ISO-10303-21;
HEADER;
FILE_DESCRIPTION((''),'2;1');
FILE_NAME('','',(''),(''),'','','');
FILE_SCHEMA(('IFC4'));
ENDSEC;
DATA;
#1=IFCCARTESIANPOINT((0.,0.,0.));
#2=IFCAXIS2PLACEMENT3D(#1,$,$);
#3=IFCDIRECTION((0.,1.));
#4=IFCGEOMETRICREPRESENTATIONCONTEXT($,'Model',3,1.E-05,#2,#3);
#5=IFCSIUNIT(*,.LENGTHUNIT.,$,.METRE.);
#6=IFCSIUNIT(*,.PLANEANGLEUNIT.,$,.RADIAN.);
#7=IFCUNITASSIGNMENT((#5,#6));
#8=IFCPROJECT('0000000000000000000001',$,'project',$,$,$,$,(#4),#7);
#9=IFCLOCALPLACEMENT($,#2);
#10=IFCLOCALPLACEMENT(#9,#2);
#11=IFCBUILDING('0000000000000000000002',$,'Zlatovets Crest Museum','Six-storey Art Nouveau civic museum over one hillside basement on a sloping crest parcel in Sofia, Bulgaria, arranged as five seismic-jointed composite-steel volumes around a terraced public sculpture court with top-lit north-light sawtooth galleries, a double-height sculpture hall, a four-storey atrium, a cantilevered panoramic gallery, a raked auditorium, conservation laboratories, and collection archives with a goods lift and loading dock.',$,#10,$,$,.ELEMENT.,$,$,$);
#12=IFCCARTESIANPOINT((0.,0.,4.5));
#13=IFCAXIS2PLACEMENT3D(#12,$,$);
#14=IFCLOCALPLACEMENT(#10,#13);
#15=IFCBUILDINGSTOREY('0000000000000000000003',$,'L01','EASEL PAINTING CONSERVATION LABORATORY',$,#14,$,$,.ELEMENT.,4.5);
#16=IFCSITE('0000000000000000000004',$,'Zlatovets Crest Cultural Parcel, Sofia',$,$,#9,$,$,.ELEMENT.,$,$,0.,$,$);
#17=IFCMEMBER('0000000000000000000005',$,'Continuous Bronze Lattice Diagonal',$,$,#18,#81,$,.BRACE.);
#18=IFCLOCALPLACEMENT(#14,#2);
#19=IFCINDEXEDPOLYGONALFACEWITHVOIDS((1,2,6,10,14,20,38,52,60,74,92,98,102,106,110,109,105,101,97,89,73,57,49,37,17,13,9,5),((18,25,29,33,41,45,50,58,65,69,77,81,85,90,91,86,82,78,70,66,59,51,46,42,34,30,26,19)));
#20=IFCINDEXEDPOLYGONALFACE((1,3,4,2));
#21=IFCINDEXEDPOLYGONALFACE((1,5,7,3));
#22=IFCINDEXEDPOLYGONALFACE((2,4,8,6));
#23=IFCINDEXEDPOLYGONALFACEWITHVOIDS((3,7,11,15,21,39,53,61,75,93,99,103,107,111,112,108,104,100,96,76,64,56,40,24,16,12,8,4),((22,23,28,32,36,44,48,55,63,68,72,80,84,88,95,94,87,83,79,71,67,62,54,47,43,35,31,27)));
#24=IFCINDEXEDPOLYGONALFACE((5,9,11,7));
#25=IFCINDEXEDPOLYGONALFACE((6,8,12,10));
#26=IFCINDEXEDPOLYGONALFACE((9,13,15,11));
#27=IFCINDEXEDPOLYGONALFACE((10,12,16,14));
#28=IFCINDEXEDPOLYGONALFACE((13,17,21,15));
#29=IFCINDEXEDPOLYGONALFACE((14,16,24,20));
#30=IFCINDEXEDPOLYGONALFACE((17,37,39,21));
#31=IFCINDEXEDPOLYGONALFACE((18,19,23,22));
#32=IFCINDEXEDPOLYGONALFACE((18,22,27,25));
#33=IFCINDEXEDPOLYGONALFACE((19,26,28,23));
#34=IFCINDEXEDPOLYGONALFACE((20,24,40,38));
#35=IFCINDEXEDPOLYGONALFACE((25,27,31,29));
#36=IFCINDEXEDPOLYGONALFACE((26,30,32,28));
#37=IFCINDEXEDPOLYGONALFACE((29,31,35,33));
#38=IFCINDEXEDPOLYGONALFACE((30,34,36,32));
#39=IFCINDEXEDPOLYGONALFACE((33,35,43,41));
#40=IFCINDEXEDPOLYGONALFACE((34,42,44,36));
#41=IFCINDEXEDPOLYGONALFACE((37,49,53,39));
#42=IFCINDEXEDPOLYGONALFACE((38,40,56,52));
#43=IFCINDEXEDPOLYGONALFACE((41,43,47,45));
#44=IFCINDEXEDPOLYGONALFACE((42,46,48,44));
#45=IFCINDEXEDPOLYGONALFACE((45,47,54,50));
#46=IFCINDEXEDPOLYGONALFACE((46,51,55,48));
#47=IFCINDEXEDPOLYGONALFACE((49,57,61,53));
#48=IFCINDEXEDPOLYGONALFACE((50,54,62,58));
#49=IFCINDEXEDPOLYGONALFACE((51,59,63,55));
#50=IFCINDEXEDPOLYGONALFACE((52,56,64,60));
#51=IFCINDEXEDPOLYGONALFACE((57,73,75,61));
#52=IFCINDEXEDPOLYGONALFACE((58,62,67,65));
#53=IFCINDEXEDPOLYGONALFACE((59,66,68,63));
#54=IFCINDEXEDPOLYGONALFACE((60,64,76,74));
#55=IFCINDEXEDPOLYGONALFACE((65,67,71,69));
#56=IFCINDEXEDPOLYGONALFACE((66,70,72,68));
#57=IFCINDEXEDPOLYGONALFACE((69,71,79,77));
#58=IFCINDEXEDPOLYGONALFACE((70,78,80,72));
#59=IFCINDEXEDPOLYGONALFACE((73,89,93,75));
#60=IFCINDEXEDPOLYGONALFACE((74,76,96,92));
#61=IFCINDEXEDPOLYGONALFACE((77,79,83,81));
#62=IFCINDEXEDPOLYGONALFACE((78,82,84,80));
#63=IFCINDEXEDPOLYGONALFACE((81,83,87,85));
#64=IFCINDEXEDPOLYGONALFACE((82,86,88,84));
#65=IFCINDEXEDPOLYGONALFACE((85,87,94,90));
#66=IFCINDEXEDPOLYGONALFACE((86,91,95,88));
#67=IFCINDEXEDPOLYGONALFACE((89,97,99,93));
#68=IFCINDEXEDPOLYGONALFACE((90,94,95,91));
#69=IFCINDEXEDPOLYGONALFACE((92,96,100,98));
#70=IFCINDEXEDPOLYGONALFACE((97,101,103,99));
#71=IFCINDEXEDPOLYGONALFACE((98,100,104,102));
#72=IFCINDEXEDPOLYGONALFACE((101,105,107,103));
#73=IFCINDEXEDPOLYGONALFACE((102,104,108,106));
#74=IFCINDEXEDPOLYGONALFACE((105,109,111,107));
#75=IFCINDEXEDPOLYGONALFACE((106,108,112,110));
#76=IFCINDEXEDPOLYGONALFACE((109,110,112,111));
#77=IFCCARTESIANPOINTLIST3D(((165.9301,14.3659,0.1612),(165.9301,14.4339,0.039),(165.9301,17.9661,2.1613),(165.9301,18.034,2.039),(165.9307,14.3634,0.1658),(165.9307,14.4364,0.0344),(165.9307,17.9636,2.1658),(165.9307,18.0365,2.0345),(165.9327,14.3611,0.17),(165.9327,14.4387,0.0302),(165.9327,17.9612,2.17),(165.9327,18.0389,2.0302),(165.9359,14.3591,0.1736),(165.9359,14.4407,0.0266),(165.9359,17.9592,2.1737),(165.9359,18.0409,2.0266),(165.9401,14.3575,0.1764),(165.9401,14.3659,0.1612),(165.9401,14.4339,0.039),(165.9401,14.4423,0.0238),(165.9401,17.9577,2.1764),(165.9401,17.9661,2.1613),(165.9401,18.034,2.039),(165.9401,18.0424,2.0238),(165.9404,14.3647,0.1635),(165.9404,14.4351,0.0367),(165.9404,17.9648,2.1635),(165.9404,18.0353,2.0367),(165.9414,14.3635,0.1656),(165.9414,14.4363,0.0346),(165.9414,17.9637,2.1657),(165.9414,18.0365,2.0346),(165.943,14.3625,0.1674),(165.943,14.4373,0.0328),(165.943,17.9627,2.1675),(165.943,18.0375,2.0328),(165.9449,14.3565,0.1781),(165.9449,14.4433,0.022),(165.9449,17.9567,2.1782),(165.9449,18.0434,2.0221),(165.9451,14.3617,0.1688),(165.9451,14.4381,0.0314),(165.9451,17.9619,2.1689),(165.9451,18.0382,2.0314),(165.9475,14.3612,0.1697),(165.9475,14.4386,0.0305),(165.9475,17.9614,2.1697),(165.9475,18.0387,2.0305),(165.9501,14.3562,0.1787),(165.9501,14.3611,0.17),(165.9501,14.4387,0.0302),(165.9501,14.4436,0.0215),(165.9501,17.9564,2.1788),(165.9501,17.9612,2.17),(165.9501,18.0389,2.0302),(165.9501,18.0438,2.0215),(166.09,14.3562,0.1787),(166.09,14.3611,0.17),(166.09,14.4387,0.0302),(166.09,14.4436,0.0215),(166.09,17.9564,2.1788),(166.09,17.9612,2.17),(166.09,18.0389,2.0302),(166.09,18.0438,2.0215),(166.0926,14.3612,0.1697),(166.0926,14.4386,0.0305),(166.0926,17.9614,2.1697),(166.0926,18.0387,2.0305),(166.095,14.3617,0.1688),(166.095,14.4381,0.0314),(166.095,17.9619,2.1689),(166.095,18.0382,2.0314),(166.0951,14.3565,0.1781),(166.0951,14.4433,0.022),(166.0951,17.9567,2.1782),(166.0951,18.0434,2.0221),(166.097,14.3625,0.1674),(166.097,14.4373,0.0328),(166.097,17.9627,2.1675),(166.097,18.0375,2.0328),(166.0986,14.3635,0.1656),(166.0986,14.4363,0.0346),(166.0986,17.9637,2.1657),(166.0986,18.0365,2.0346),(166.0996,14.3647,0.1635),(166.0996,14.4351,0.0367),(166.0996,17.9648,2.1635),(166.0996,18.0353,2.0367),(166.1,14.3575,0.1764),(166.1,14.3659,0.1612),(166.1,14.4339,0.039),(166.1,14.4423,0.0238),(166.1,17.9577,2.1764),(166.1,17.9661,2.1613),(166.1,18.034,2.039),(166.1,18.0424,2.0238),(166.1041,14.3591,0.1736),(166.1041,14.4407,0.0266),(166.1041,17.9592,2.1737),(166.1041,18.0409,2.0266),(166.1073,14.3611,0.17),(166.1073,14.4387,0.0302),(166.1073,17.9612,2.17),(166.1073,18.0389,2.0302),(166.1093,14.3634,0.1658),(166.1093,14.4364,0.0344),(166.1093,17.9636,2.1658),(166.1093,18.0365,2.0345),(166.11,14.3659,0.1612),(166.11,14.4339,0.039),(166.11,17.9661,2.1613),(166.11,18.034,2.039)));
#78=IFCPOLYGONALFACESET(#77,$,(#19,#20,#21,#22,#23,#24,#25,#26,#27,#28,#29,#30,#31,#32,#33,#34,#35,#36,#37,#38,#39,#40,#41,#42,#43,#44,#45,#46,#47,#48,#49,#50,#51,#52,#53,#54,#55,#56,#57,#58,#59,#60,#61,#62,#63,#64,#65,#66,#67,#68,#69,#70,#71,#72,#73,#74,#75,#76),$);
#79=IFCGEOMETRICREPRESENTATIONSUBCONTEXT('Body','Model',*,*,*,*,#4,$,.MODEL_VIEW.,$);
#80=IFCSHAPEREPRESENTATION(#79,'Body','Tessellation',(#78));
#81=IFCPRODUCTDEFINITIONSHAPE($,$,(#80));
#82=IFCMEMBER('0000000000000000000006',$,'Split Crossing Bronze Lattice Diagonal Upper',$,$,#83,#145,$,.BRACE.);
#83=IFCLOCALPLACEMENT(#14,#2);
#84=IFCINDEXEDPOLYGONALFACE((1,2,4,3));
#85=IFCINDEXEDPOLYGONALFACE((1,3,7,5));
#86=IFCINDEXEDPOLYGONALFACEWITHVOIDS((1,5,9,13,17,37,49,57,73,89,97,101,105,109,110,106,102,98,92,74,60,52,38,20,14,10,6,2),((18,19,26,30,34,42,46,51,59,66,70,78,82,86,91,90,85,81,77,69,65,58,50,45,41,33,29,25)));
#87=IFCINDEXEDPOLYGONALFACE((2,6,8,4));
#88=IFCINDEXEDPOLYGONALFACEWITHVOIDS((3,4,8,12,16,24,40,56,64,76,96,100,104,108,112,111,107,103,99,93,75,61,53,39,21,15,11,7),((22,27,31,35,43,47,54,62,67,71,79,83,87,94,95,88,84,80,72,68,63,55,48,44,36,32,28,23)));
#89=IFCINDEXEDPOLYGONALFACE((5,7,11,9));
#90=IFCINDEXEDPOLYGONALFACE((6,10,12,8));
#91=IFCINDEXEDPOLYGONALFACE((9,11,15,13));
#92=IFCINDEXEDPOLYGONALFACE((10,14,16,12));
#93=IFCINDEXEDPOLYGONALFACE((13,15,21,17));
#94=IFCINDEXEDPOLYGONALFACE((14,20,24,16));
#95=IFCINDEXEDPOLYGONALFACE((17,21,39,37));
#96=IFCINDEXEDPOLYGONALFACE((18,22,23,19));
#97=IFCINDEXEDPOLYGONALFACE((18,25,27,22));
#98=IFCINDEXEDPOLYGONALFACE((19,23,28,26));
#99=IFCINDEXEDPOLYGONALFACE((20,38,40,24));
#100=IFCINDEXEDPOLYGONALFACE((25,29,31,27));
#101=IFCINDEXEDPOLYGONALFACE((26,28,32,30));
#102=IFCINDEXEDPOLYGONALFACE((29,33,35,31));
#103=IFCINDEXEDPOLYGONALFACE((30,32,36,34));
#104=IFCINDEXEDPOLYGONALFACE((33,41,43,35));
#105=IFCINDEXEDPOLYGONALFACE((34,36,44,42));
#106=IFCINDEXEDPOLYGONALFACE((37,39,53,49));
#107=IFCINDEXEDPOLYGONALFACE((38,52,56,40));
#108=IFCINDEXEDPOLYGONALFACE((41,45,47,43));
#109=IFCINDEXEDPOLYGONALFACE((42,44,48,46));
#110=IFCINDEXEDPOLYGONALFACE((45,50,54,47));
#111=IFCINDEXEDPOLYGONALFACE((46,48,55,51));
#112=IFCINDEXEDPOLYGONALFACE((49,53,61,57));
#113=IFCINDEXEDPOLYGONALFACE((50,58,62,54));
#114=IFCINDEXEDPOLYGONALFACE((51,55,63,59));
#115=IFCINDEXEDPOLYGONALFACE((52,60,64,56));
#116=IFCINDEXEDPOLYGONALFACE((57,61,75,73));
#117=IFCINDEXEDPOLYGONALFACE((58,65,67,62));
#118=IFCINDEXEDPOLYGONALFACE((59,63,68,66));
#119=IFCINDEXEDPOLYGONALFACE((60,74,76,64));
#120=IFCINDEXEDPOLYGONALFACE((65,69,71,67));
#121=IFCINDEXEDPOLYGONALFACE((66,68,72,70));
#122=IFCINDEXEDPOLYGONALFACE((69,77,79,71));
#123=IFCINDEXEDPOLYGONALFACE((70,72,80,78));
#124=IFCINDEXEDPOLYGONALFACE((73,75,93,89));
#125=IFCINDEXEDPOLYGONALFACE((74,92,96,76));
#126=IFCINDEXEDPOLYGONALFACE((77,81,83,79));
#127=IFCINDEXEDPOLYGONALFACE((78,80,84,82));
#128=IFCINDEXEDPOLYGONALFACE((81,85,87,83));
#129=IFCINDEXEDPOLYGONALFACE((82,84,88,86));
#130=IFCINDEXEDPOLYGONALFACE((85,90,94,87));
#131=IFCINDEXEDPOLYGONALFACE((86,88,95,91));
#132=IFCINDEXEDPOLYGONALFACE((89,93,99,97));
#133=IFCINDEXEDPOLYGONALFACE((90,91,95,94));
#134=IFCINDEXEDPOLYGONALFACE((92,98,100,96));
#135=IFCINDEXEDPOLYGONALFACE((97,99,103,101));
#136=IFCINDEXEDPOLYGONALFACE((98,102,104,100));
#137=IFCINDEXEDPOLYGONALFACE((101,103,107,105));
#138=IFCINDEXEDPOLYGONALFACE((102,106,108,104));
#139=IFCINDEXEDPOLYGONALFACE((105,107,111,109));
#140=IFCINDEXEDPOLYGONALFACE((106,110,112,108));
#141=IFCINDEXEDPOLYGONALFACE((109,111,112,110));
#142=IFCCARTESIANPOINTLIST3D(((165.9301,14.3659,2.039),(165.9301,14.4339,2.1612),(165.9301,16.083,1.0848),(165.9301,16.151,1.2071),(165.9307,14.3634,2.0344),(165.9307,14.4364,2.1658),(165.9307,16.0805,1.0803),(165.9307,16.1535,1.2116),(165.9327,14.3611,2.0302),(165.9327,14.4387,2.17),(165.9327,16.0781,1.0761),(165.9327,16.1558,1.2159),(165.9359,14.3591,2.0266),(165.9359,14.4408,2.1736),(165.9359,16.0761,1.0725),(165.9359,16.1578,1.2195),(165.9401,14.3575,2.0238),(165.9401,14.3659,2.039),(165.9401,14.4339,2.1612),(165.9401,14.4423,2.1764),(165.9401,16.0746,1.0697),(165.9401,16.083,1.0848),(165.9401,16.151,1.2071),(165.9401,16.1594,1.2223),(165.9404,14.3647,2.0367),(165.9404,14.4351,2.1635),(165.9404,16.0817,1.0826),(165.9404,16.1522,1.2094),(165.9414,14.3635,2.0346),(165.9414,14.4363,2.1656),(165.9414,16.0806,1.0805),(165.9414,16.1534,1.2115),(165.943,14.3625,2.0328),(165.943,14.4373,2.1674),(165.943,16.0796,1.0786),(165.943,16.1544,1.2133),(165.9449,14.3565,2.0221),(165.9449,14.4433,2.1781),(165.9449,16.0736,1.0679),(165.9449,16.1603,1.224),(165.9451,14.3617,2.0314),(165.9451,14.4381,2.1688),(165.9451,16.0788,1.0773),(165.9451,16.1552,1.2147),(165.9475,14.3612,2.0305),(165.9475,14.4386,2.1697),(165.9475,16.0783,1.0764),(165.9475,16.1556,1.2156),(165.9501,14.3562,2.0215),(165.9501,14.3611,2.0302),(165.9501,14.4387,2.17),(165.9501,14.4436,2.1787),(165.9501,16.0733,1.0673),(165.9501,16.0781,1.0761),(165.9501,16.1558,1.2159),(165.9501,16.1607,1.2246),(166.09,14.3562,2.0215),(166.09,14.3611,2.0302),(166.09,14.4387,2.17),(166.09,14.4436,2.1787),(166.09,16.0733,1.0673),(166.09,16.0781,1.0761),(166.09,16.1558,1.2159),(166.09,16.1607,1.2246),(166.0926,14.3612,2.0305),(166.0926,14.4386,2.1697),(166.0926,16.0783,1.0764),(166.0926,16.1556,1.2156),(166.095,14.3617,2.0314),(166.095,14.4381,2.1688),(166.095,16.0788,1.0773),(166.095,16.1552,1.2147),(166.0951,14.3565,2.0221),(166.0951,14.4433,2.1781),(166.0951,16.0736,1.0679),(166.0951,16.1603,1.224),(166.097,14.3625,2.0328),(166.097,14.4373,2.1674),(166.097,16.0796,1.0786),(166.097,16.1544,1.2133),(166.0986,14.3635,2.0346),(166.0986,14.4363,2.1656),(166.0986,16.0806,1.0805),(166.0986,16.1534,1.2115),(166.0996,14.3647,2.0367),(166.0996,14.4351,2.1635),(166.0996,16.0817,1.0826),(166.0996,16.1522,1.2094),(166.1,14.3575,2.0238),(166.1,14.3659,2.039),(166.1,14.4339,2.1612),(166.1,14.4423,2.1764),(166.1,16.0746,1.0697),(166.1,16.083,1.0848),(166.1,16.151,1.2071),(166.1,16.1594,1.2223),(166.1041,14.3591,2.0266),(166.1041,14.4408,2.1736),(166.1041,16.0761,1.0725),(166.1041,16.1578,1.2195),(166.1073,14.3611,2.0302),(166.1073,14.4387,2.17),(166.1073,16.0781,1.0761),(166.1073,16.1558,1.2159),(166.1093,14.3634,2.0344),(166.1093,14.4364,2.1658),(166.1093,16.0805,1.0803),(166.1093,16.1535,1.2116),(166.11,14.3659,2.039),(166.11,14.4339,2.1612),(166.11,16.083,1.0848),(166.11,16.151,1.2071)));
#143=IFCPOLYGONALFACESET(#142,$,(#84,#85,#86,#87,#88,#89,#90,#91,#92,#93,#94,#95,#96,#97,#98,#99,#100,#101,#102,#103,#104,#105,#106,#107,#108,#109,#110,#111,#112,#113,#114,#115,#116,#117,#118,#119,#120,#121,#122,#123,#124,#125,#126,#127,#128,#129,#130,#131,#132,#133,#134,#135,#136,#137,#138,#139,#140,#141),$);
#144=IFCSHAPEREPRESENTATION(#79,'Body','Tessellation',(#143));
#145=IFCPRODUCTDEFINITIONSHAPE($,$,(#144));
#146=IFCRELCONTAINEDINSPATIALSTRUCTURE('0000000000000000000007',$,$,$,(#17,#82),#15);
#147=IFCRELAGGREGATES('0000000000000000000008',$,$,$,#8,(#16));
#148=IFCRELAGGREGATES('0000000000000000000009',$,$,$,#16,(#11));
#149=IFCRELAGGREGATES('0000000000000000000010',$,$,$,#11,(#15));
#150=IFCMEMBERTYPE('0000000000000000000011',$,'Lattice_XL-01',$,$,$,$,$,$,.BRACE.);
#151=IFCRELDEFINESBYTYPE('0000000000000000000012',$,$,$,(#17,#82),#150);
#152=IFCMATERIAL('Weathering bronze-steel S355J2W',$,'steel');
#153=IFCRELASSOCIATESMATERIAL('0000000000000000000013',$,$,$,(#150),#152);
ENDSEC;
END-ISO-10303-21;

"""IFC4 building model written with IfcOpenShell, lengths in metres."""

from ifc_helpers import new_model, si_unit, direction, frame, origin, origin_2d, place, context, subcontext, project, spatial, hollow_rectangle, extrude, material, material_profile, profile_set, type_object, element, save


model = new_model("IFC4")

# Units and contexts
model_context = context("Model", 3, precision=1e-05, world=origin(), true_north=direction((0.0, 1.0)))
body_context = subcontext(model_context, "Body", "Model", "MODEL_VIEW")
ifc_project = project(units=[si_unit("LENGTHUNIT", "METRE"), si_unit("PLANEANGLEUNIT", "RADIAN")], contexts=[model_context])

# Site, building, storey
site_placement = place(None, origin())
site = spatial("IfcSite", under=ifc_project, at=site_placement, Name="Zlatovets Crest Cultural Parcel, Sofia", CompositionType="ELEMENT", RefElevation=0.0)
building_placement = place(site_placement, origin())
building = spatial("IfcBuilding", under=site, at=building_placement, Name="Zlatovets Crest Museum", Description="Six-storey Art Nouveau civic museum over one hillside basement on a sloping crest parcel in Sofia, Bulgaria, arranged as five seismic-jointed composite-steel volumes around a terraced public sculpture court with top-lit north-light sawtooth galleries, a double-height sculpture hall, a four-storey atrium, a cantilevered panoramic gallery, a raked auditorium, conservation laboratories, and collection archives with a goods lift and loading dock.", CompositionType="ELEMENT")
storey_placement = place(building_placement, frame((0.0, 0.0, 4.5)))
storey = spatial("IfcBuildingStorey", under=building, at=storey_placement, Name="L01", Description="EASEL PAINTING CONSERVATION LABORATORY", CompositionType="ELEMENT", Elevation=4.5)

# Members
ifc_material_1 = material(Name="Weathering bronze-steel S355J2W", Category="steel")
ifc_material_profile_1 = material_profile(ifc_material_1, hollow_rectangle(XDim=0.1799, YDim=0.1799, WallThickness=0.01, InnerFilletRadius=0.01, OuterFilletRadius=0.02, at=origin_2d()), Name="SHS 180x180x10.0")
ifc_profile_set_1 = profile_set([ifc_material_profile_1], Name="Weathering bronze-steel S355J2W")
member_type_1 = type_object("IfcMemberType", Name="Lattice_XL-01", PredefinedType="BRACE", material=ifc_profile_set_1)
member_1_placement = place(storey_placement, frame((166.02, 14.3999, 0.1001), z_axis=(0.0, 0.874163, 0.485633), x_axis=(-1.0, 0.0, 0.0)))
element("IfcMember", 1, at=member_1_placement, inside=storey, type_object=member_type_1, Name="Continuous Bronze Lattice Diagonal", PredefinedType="BRACE", context=body_context, shape_type="SweptSolid", body=[
    extrude(hollow_rectangle(XDim=0.1799, YDim=0.1799, WallThickness=0.01, InnerFilletRadius=0.01, OuterFilletRadius=0.02, at=origin_2d()), origin(), (0.0, 0.0, 1.0), 4.1184),
])
member_2_placement = place(storey_placement, frame((166.02, 14.3999, 2.1001), z_axis=(0.0, 0.874116, -0.485717), x_axis=(-1.0, 0.0, 0.0)))
element("IfcMember", 2, at=member_2_placement, inside=storey, type_object=member_type_1, Name="Split Crossing Bronze Lattice Diagonal Upper", PredefinedType="BRACE", context=body_context, shape_type="SweptSolid", body=[
    extrude(hollow_rectangle(XDim=0.1799, YDim=0.1799, WallThickness=0.01, InnerFilletRadius=0.01, OuterFilletRadius=0.02, at=origin_2d()), origin(), (0.0, 0.0, 1.0), 1.9644),
])

save(model, "model.ifc")
